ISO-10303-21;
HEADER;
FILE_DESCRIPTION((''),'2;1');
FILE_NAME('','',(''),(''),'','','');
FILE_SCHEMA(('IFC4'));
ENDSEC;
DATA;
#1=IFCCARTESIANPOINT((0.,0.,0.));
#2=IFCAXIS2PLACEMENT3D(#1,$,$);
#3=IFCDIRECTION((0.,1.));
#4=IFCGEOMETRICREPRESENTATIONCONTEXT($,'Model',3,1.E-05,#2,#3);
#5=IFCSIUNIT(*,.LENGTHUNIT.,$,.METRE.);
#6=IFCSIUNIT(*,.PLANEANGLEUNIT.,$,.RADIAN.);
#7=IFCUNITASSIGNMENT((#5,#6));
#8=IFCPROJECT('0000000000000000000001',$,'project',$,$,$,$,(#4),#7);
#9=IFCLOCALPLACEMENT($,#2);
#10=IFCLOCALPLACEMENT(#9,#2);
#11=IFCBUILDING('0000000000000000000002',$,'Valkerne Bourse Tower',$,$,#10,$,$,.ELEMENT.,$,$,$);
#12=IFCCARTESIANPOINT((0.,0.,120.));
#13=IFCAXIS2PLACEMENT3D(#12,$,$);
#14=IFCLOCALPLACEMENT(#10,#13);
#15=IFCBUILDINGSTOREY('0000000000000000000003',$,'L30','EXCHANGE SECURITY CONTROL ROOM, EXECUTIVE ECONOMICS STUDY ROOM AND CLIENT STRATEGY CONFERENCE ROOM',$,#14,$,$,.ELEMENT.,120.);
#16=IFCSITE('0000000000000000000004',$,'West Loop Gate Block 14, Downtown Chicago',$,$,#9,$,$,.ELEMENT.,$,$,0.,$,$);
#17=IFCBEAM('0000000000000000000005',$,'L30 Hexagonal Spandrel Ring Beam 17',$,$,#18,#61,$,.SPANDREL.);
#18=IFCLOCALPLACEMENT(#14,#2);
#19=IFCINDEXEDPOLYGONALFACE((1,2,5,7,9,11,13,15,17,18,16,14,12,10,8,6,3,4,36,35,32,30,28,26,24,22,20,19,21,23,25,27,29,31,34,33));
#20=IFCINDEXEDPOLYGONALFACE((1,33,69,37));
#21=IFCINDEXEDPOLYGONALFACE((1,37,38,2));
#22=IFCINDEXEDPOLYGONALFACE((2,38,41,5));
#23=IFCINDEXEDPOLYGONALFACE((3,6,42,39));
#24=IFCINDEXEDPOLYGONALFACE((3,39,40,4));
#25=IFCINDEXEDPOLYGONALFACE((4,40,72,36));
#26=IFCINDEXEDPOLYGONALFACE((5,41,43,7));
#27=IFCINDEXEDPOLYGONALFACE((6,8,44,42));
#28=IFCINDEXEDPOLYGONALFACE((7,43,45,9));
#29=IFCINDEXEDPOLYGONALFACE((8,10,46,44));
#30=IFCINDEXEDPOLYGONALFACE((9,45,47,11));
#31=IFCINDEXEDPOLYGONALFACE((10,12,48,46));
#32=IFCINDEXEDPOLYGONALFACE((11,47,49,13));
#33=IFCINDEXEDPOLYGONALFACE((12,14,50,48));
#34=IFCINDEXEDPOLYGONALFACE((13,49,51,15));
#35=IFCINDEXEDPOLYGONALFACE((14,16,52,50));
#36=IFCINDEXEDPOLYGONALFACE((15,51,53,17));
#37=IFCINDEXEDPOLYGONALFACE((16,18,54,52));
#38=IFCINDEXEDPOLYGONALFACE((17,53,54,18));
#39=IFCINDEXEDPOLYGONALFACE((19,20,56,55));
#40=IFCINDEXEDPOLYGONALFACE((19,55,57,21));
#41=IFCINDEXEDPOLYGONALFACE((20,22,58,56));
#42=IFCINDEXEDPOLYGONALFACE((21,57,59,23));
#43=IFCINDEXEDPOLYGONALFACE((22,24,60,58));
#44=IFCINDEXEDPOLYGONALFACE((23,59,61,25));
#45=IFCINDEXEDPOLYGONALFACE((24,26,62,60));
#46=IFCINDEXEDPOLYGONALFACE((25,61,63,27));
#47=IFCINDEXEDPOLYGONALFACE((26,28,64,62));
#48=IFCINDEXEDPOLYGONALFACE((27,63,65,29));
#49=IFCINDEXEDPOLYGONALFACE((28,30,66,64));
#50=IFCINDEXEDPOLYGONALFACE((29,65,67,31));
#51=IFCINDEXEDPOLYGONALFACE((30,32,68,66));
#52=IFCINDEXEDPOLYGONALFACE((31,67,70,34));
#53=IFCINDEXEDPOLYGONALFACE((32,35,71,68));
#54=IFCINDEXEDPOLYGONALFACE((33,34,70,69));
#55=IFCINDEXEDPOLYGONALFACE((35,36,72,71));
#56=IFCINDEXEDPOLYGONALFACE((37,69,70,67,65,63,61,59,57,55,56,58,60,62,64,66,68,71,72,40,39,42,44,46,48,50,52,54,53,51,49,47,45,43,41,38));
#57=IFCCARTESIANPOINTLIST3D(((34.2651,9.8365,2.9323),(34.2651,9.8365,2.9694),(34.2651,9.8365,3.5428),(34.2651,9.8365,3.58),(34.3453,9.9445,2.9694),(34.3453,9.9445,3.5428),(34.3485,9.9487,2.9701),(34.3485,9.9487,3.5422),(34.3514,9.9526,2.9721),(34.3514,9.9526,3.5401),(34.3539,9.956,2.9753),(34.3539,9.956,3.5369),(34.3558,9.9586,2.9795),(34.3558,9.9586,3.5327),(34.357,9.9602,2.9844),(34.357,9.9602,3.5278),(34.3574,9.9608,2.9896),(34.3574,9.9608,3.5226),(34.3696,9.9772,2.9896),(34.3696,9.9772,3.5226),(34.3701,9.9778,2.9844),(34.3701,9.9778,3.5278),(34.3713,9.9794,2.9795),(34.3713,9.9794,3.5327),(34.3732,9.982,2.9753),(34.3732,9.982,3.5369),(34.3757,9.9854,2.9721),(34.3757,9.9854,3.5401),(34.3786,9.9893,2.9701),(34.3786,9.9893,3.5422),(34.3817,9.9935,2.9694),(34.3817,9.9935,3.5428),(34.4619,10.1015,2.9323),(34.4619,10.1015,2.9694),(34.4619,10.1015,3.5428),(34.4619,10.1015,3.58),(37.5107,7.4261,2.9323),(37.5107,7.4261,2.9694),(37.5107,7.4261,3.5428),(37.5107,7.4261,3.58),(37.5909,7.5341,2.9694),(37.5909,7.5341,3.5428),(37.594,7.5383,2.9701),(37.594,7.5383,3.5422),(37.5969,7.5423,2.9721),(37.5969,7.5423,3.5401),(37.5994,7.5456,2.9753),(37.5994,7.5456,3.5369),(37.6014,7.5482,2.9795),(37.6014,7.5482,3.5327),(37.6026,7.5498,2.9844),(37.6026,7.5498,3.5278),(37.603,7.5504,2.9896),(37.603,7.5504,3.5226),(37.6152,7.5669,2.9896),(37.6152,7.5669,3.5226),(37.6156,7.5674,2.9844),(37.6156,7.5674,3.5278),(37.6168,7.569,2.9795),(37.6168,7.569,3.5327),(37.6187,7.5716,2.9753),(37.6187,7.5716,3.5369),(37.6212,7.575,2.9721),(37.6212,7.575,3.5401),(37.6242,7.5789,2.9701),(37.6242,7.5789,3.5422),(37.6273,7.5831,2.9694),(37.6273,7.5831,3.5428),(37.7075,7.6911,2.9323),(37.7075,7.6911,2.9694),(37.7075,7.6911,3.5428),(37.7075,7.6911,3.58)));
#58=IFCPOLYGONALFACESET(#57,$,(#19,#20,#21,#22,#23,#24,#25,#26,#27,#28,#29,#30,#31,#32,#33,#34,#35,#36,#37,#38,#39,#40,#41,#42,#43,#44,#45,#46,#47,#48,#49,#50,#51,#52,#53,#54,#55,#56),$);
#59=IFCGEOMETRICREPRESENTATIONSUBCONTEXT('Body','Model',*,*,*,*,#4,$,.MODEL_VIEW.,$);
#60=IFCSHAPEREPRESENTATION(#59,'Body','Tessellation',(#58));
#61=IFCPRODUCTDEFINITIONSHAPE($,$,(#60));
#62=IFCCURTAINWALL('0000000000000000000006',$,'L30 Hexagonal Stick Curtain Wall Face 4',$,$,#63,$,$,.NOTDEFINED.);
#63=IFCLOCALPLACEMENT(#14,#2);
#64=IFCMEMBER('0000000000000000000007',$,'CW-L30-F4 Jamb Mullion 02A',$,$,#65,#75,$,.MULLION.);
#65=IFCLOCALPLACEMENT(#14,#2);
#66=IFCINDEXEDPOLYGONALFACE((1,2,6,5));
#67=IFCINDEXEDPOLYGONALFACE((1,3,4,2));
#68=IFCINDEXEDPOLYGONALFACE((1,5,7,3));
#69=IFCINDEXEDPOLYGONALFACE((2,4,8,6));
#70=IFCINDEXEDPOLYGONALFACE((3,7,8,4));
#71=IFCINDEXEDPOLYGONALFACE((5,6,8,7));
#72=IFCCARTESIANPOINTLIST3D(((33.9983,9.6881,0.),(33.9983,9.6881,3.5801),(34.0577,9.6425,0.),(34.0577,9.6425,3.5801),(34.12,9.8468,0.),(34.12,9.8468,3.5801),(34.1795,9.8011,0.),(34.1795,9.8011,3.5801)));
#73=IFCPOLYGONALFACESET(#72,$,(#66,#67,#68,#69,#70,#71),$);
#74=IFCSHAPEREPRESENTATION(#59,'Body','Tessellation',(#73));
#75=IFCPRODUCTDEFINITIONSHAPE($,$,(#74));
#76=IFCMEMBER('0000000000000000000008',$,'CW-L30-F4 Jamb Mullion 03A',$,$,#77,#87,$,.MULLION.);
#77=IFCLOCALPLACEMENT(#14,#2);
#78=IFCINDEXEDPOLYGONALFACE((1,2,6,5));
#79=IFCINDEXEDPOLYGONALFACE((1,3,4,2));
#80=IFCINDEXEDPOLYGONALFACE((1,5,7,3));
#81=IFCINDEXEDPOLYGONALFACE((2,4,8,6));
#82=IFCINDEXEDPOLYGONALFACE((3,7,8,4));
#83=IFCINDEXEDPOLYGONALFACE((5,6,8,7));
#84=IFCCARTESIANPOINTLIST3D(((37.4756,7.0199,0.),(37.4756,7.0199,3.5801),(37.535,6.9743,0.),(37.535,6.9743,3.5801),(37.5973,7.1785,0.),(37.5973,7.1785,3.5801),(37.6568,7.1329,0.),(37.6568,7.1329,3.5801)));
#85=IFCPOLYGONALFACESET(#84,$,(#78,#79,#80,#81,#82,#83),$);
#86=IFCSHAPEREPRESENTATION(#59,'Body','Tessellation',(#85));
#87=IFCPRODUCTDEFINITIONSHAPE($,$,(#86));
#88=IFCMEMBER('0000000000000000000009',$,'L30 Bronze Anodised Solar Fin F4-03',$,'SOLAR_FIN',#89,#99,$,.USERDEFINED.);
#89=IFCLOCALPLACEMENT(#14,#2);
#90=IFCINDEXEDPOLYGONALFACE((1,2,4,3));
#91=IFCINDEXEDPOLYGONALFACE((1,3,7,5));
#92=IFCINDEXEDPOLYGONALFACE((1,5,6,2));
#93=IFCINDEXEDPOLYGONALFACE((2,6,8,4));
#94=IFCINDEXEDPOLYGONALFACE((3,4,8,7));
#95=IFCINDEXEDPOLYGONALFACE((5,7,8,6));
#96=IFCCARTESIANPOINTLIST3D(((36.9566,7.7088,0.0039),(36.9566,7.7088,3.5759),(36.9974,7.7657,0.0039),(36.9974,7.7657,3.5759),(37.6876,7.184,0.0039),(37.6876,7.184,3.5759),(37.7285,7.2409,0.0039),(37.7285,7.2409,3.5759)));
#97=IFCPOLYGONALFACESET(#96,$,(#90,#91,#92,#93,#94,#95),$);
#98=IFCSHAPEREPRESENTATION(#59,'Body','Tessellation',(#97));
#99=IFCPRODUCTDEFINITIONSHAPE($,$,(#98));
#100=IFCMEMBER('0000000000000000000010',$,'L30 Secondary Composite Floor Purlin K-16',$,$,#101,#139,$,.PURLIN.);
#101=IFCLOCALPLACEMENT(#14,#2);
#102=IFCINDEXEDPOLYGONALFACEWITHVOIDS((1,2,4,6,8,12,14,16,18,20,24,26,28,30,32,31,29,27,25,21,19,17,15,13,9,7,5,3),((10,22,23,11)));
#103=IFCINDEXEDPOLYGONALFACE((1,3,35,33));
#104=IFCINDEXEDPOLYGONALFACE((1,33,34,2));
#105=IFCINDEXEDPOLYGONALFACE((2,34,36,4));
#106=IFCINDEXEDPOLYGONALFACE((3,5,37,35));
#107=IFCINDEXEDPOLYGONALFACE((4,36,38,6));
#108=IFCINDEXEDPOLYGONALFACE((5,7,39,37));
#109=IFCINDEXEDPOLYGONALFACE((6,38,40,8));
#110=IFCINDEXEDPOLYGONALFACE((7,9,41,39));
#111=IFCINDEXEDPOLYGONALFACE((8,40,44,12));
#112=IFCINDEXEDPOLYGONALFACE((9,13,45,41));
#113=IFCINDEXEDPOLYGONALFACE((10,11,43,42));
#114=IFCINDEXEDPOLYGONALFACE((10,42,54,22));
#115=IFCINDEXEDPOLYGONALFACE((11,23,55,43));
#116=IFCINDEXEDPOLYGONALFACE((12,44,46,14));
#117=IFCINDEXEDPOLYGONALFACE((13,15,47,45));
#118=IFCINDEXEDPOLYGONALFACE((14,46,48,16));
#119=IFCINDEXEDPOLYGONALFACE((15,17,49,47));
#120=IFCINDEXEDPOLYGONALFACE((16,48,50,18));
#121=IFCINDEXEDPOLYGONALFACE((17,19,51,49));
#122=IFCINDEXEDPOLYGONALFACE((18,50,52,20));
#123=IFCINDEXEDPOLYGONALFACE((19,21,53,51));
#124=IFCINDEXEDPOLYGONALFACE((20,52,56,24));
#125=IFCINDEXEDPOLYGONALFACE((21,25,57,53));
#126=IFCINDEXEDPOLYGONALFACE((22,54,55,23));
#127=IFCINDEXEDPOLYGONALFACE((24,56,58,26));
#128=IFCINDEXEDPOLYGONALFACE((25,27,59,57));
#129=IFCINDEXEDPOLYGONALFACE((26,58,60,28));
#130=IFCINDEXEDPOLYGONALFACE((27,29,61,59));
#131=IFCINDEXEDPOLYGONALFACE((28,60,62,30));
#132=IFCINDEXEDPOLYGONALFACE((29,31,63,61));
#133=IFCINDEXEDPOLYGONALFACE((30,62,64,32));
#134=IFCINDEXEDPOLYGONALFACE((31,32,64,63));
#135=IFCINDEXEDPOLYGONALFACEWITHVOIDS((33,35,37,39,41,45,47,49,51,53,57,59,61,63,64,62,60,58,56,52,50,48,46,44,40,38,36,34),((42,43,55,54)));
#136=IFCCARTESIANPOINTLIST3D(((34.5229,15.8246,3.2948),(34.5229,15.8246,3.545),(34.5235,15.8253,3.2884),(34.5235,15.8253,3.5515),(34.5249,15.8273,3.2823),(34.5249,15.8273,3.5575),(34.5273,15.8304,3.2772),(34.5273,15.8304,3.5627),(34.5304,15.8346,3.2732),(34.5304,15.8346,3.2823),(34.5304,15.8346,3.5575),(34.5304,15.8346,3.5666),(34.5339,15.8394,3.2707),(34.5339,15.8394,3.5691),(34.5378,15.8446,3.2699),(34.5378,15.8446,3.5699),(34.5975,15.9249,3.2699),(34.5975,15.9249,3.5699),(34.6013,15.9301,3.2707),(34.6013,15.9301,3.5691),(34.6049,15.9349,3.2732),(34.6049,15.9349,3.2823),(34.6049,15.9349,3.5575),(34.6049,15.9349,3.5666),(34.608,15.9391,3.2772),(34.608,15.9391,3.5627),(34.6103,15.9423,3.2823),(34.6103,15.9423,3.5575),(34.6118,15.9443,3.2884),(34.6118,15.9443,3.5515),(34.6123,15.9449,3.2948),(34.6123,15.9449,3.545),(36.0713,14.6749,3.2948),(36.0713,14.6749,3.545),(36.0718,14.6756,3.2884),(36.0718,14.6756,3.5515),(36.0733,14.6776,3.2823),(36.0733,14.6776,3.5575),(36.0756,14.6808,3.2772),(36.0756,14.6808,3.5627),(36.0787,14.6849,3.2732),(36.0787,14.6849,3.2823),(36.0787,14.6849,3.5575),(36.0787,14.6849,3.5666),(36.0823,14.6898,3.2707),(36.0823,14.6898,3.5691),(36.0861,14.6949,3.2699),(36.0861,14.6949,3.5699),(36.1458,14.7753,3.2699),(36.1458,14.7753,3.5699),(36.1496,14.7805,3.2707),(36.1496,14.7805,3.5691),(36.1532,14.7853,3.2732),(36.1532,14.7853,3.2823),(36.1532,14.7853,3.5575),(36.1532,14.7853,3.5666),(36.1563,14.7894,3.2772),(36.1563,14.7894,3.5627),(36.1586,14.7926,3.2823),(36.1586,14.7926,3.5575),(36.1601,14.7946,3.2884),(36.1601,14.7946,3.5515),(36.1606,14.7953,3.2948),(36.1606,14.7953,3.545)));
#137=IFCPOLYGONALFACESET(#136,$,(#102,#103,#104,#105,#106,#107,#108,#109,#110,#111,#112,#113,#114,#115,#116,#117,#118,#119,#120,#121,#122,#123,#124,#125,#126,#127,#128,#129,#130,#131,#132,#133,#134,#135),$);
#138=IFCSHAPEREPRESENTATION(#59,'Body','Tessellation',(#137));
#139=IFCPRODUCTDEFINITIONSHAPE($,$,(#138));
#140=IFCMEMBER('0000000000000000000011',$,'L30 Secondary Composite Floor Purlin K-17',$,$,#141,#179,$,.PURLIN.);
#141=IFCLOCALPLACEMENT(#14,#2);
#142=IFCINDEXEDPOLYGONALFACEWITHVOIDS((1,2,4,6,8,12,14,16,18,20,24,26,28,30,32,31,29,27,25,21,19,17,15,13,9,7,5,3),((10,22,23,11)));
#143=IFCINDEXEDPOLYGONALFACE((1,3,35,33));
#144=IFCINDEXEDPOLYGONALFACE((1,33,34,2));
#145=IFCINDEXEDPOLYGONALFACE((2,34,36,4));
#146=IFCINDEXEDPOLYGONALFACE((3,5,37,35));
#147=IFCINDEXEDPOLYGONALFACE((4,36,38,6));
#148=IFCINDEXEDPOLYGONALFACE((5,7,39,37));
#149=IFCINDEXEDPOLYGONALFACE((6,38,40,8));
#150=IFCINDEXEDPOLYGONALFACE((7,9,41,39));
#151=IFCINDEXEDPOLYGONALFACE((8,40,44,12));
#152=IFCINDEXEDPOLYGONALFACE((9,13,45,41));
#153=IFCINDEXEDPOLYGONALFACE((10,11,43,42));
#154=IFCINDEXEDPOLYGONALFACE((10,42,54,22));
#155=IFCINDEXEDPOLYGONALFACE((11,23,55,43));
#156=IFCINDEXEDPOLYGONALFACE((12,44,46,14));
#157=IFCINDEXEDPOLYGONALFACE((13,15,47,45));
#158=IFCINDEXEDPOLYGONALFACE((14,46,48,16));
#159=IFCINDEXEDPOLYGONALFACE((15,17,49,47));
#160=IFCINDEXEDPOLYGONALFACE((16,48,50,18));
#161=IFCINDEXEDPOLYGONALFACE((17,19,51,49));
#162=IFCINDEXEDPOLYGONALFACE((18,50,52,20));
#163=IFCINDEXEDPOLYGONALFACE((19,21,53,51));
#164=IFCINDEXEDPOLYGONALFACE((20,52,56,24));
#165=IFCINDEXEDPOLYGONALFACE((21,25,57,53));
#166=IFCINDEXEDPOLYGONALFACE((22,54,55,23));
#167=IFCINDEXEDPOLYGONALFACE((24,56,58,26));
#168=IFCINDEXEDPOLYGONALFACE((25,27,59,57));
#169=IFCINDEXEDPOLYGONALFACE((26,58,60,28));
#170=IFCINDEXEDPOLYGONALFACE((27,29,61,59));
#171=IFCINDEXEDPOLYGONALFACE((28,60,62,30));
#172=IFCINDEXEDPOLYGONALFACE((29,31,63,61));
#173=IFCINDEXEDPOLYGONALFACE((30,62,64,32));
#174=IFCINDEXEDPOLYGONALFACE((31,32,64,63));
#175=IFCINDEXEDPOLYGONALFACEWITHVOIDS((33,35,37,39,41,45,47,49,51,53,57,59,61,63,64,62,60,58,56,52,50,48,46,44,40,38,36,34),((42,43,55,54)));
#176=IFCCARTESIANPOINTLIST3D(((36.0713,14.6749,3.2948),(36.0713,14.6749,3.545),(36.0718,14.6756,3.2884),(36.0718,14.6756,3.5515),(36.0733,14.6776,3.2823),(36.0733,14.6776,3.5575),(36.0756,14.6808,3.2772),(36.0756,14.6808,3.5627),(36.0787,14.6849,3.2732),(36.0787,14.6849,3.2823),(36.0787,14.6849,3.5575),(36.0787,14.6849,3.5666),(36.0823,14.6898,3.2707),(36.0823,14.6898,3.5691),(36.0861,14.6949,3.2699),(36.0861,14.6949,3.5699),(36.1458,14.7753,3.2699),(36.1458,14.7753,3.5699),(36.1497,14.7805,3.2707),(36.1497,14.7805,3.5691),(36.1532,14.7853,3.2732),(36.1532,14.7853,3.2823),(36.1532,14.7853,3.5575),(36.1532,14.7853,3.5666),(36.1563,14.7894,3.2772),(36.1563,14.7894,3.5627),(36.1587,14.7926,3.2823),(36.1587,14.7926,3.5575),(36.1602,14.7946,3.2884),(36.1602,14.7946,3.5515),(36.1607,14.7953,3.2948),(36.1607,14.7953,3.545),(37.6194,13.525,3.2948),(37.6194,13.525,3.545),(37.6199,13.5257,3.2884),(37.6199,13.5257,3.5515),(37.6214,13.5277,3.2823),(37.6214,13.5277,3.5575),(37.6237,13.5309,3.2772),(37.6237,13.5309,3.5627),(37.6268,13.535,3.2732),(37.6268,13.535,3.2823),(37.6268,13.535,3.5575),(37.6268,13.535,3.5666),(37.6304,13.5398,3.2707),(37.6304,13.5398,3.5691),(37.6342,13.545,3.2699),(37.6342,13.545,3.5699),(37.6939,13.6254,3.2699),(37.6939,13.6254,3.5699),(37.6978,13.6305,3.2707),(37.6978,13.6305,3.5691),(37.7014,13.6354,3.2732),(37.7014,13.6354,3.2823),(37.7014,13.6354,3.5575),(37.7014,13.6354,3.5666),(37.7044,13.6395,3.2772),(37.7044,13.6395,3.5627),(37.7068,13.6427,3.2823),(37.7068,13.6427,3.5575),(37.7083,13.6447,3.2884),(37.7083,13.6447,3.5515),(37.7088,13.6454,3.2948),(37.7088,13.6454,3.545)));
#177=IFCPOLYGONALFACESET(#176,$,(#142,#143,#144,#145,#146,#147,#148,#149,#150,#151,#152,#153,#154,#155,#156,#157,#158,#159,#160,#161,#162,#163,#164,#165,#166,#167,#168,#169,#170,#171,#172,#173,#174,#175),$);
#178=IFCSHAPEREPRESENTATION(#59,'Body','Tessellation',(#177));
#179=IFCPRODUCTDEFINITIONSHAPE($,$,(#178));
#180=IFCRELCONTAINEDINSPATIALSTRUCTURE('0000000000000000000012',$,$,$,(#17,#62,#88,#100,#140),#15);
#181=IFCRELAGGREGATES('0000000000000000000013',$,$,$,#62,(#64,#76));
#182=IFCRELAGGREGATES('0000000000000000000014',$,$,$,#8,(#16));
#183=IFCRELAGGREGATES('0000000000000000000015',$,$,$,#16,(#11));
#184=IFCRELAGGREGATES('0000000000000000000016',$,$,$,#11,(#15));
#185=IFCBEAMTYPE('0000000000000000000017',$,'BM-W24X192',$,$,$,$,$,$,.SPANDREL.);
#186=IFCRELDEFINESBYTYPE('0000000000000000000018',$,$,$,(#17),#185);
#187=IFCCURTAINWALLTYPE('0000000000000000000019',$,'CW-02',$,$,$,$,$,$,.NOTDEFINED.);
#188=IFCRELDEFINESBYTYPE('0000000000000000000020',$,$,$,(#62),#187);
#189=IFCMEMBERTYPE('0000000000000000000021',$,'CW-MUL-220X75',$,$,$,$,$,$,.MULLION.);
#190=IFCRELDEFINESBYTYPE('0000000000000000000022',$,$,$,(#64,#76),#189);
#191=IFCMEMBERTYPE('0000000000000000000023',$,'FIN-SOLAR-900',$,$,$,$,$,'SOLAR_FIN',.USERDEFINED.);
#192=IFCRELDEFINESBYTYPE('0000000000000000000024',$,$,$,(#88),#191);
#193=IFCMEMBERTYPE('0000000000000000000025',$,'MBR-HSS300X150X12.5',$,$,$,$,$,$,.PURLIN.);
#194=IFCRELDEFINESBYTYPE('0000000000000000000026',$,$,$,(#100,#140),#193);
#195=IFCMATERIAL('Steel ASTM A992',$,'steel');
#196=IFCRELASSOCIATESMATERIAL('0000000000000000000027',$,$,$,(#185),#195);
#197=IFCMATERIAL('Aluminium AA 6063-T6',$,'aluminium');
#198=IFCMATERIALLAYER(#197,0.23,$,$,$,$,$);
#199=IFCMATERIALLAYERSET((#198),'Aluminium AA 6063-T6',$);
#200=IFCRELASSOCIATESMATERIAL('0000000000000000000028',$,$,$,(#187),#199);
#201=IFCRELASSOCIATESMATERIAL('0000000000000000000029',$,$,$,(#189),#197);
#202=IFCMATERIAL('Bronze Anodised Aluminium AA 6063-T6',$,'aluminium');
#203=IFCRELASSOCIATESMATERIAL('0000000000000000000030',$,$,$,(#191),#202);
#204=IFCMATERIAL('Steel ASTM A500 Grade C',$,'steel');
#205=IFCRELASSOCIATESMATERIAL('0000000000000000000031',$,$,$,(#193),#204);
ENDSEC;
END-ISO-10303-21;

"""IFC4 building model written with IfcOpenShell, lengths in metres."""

from ifc_helpers import new_model, si_unit, direction, frame, origin, origin_2d, place, context, subcontext, project, spatial, rectangle, hollow_rectangle, i_section, extrude, material, layer, layer_set, material_profile, profile_set, type_object, element, aggregate, save


model = new_model("IFC4")

# Units and contexts
model_context = context("Model", 3, precision=1e-05, world=origin(), true_north=direction((0.0, 1.0)))
body_context = subcontext(model_context, "Body", "Model", "MODEL_VIEW")
ifc_project = project(units=[si_unit("LENGTHUNIT", "METRE"), si_unit("PLANEANGLEUNIT", "RADIAN")], contexts=[model_context])

# Site, building, storey
site_placement = place(None, origin())
site = spatial("IfcSite", under=ifc_project, at=site_placement, Name="West Loop Gate Block 14, Downtown Chicago", CompositionType="ELEMENT", RefElevation=0.0)
building_placement = place(site_placement, origin())
building = spatial("IfcBuilding", under=site, at=building_placement, Name="Valkerne Bourse Tower", CompositionType="ELEMENT")
storey_placement = place(building_placement, frame((0.0, 0.0, 120.0)))
storey = spatial("IfcBuildingStorey", under=building, at=storey_placement, Name="L30", Description="EXCHANGE SECURITY CONTROL ROOM, EXECUTIVE ECONOMICS STUDY ROOM AND CLIENT STRATEGY CONFERENCE ROOM", CompositionType="ELEMENT", Elevation=120.0)

# Beam
ifc_material_1 = material(Name="Steel ASTM A992", Category="steel")
ifc_material_profile_1 = material_profile(ifc_material_1, i_section(OverallWidth=0.3301, OverallDepth=0.6477, WebThickness=0.0205, FlangeThickness=0.0371, FilletRadius=0.0203, at=origin_2d()), Name="W24X192")
ifc_profile_set_1 = profile_set([ifc_material_profile_1], Name="Steel ASTM A992")
beam_type_1 = type_object("IfcBeamType", Name="BM-W24X192", PredefinedType="SPANDREL", material=ifc_profile_set_1)
beam_1_placement = place(storey_placement, frame((34.3635, 9.969, 3.2561), z_axis=(0.802817, -0.596225, 0.0), x_axis=(0.596225, 0.802817, 0.0)))
element("IfcBeam", 1, at=beam_1_placement, inside=storey, type_object=beam_type_1, Name="L30 Hexagonal Spandrel Ring Beam 17", PredefinedType="SPANDREL", context=body_context, shape_type="SweptSolid", body=[
    extrude(i_section(OverallWidth=0.3301, OverallDepth=0.6477, WebThickness=0.0205, FlangeThickness=0.0371, FilletRadius=0.0203, at=origin_2d()), origin(), (0.0, 0.0, 1.0), 4.0427),
])

# Curtain wall, members
ifc_material_2 = material(Name="Aluminium AA 6063-T6", Category="aluminium")
ifc_layer_1 = layer(ifc_material_2, 0.23)
ifc_layer_set_1 = layer_set([ifc_layer_1], Name="Aluminium AA 6063-T6")
curtain_wall_type = type_object("IfcCurtainWallType", Name="CW-02", PredefinedType="NOTDEFINED", material=ifc_layer_set_1)
curtain_wall_placement = place(storey_placement, origin())
curtain_wall = element("IfcCurtainWall", 2, at=curtain_wall_placement, inside=storey, type_object=curtain_wall_type, Name="L30 Hexagonal Stick Curtain Wall Face 4", PredefinedType="NOTDEFINED")
ifc_material_profile_2 = material_profile(ifc_material_2, rectangle(XDim=0.075, YDim=0.2, at=origin_2d()), Name="CWM-75X200")
ifc_profile_set_2 = profile_set([ifc_material_profile_2], Name="Aluminium AA 6063-T6")
member_type_1 = type_object("IfcMemberType", Name="CW-MUL-220X75", PredefinedType="MULLION", material=ifc_profile_set_2)
member_1_placement = place(storey_placement, frame((34.0889, 9.7446, 0.0), z_axis=(0.0, 0.0, 1.0), x_axis=(0.793356, -0.608758, 0.0)))
member_1 = element("IfcMember", 3, at=member_1_placement, type_object=member_type_1, Name="CW-L30-F4 Jamb Mullion 02A", PredefinedType="MULLION", context=body_context, shape_type="SweptSolid", body=[
    extrude(rectangle(XDim=0.075, YDim=0.2, at=origin_2d()), origin(), (0.0, 0.0, 1.0), 3.5801),
])
member_2_placement = place(storey_placement, frame((37.5662, 7.0764, 0.0), z_axis=(0.0, 0.0, 1.0), x_axis=(0.793348, -0.608769, 0.0)))
member_2 = element("IfcMember", 4, at=member_2_placement, type_object=member_type_1, Name="CW-L30-F4 Jamb Mullion 03A", PredefinedType="MULLION", context=body_context, shape_type="SweptSolid", body=[
    extrude(rectangle(XDim=0.075, YDim=0.2, at=origin_2d()), origin(), (0.0, 0.0, 1.0), 3.5801),
])

# Members
ifc_material_3 = material(Name="Bronze Anodised Aluminium AA 6063-T6", Category="aluminium")
ifc_material_profile_3 = material_profile(ifc_material_3, rectangle(XDim=0.0701, YDim=0.8999, at=origin_2d()), Name="FIN-70X900")
ifc_profile_set_3 = profile_set([ifc_material_profile_3], Name="Bronze Anodised Aluminium AA 6063-T6")
member_type_2 = type_object("IfcMemberType", Name="FIN-SOLAR-900", ElementType="SOLAR_FIN", PredefinedType="USERDEFINED", material=ifc_profile_set_3)
member_3_placement = place(storey_placement, frame((37.3425, 7.4749, 0.0039), z_axis=(0.0, 0.0, 1.0), x_axis=(-0.583163, -0.812356, 0.0)))
element("IfcMember", 5, at=member_3_placement, inside=storey, type_object=member_type_2, Name="L30 Bronze Anodised Solar Fin F4-03", ObjectType="SOLAR_FIN", PredefinedType="USERDEFINED", context=body_context, shape_type="SweptSolid", body=[
    extrude(rectangle(XDim=0.0701, YDim=0.8999, at=origin_2d()), origin(), (0.0, 0.0, 1.0), 3.572),
])
ifc_material_4 = material(Name="Steel ASTM A500 Grade C", Category="steel")
ifc_material_profile_4 = material_profile(ifc_material_4, hollow_rectangle(XDim=0.1499, YDim=0.3, WallThickness=0.0125, OuterFilletRadius=0.0249, at=origin_2d()), Name="HSS300X150X12.5")
ifc_profile_set_4 = profile_set([ifc_material_profile_4], Name="Steel ASTM A500 Grade C")
member_type_3 = type_object("IfcMemberType", Name="MBR-HSS300X150X12.5", PredefinedType="PURLIN", material=ifc_profile_set_4)
for number, where, z_axis, x_axis, name in (
    (6, (34.5676, 15.8848, 3.4199), (0.802877, -0.596145, 0.0), (0.596145, 0.802877, 0.0), "L30 Secondary Composite Floor Purlin K-16"),
    (7, (36.116, 14.7351, 3.4199), (0.802772, -0.596287, 0.0), (0.596287, 0.802772, 0.0), "L30 Secondary Composite Floor Purlin K-17"),
):
    element("IfcMember", number, at=place(storey_placement, frame(where, z_axis=z_axis, x_axis=x_axis)), inside=storey, type_object=member_type_3, Name=name, PredefinedType="PURLIN", context=body_context, shape_type="SweptSolid", body=[
        extrude(hollow_rectangle(XDim=0.1499, YDim=0.3, WallThickness=0.0125, OuterFilletRadius=0.0249, at=origin_2d()), origin(), (0.0, 0.0, 1.0), 1.9285),
    ])

aggregate(curtain_wall, [member_1, member_2])

save(model, "model.ifc")
